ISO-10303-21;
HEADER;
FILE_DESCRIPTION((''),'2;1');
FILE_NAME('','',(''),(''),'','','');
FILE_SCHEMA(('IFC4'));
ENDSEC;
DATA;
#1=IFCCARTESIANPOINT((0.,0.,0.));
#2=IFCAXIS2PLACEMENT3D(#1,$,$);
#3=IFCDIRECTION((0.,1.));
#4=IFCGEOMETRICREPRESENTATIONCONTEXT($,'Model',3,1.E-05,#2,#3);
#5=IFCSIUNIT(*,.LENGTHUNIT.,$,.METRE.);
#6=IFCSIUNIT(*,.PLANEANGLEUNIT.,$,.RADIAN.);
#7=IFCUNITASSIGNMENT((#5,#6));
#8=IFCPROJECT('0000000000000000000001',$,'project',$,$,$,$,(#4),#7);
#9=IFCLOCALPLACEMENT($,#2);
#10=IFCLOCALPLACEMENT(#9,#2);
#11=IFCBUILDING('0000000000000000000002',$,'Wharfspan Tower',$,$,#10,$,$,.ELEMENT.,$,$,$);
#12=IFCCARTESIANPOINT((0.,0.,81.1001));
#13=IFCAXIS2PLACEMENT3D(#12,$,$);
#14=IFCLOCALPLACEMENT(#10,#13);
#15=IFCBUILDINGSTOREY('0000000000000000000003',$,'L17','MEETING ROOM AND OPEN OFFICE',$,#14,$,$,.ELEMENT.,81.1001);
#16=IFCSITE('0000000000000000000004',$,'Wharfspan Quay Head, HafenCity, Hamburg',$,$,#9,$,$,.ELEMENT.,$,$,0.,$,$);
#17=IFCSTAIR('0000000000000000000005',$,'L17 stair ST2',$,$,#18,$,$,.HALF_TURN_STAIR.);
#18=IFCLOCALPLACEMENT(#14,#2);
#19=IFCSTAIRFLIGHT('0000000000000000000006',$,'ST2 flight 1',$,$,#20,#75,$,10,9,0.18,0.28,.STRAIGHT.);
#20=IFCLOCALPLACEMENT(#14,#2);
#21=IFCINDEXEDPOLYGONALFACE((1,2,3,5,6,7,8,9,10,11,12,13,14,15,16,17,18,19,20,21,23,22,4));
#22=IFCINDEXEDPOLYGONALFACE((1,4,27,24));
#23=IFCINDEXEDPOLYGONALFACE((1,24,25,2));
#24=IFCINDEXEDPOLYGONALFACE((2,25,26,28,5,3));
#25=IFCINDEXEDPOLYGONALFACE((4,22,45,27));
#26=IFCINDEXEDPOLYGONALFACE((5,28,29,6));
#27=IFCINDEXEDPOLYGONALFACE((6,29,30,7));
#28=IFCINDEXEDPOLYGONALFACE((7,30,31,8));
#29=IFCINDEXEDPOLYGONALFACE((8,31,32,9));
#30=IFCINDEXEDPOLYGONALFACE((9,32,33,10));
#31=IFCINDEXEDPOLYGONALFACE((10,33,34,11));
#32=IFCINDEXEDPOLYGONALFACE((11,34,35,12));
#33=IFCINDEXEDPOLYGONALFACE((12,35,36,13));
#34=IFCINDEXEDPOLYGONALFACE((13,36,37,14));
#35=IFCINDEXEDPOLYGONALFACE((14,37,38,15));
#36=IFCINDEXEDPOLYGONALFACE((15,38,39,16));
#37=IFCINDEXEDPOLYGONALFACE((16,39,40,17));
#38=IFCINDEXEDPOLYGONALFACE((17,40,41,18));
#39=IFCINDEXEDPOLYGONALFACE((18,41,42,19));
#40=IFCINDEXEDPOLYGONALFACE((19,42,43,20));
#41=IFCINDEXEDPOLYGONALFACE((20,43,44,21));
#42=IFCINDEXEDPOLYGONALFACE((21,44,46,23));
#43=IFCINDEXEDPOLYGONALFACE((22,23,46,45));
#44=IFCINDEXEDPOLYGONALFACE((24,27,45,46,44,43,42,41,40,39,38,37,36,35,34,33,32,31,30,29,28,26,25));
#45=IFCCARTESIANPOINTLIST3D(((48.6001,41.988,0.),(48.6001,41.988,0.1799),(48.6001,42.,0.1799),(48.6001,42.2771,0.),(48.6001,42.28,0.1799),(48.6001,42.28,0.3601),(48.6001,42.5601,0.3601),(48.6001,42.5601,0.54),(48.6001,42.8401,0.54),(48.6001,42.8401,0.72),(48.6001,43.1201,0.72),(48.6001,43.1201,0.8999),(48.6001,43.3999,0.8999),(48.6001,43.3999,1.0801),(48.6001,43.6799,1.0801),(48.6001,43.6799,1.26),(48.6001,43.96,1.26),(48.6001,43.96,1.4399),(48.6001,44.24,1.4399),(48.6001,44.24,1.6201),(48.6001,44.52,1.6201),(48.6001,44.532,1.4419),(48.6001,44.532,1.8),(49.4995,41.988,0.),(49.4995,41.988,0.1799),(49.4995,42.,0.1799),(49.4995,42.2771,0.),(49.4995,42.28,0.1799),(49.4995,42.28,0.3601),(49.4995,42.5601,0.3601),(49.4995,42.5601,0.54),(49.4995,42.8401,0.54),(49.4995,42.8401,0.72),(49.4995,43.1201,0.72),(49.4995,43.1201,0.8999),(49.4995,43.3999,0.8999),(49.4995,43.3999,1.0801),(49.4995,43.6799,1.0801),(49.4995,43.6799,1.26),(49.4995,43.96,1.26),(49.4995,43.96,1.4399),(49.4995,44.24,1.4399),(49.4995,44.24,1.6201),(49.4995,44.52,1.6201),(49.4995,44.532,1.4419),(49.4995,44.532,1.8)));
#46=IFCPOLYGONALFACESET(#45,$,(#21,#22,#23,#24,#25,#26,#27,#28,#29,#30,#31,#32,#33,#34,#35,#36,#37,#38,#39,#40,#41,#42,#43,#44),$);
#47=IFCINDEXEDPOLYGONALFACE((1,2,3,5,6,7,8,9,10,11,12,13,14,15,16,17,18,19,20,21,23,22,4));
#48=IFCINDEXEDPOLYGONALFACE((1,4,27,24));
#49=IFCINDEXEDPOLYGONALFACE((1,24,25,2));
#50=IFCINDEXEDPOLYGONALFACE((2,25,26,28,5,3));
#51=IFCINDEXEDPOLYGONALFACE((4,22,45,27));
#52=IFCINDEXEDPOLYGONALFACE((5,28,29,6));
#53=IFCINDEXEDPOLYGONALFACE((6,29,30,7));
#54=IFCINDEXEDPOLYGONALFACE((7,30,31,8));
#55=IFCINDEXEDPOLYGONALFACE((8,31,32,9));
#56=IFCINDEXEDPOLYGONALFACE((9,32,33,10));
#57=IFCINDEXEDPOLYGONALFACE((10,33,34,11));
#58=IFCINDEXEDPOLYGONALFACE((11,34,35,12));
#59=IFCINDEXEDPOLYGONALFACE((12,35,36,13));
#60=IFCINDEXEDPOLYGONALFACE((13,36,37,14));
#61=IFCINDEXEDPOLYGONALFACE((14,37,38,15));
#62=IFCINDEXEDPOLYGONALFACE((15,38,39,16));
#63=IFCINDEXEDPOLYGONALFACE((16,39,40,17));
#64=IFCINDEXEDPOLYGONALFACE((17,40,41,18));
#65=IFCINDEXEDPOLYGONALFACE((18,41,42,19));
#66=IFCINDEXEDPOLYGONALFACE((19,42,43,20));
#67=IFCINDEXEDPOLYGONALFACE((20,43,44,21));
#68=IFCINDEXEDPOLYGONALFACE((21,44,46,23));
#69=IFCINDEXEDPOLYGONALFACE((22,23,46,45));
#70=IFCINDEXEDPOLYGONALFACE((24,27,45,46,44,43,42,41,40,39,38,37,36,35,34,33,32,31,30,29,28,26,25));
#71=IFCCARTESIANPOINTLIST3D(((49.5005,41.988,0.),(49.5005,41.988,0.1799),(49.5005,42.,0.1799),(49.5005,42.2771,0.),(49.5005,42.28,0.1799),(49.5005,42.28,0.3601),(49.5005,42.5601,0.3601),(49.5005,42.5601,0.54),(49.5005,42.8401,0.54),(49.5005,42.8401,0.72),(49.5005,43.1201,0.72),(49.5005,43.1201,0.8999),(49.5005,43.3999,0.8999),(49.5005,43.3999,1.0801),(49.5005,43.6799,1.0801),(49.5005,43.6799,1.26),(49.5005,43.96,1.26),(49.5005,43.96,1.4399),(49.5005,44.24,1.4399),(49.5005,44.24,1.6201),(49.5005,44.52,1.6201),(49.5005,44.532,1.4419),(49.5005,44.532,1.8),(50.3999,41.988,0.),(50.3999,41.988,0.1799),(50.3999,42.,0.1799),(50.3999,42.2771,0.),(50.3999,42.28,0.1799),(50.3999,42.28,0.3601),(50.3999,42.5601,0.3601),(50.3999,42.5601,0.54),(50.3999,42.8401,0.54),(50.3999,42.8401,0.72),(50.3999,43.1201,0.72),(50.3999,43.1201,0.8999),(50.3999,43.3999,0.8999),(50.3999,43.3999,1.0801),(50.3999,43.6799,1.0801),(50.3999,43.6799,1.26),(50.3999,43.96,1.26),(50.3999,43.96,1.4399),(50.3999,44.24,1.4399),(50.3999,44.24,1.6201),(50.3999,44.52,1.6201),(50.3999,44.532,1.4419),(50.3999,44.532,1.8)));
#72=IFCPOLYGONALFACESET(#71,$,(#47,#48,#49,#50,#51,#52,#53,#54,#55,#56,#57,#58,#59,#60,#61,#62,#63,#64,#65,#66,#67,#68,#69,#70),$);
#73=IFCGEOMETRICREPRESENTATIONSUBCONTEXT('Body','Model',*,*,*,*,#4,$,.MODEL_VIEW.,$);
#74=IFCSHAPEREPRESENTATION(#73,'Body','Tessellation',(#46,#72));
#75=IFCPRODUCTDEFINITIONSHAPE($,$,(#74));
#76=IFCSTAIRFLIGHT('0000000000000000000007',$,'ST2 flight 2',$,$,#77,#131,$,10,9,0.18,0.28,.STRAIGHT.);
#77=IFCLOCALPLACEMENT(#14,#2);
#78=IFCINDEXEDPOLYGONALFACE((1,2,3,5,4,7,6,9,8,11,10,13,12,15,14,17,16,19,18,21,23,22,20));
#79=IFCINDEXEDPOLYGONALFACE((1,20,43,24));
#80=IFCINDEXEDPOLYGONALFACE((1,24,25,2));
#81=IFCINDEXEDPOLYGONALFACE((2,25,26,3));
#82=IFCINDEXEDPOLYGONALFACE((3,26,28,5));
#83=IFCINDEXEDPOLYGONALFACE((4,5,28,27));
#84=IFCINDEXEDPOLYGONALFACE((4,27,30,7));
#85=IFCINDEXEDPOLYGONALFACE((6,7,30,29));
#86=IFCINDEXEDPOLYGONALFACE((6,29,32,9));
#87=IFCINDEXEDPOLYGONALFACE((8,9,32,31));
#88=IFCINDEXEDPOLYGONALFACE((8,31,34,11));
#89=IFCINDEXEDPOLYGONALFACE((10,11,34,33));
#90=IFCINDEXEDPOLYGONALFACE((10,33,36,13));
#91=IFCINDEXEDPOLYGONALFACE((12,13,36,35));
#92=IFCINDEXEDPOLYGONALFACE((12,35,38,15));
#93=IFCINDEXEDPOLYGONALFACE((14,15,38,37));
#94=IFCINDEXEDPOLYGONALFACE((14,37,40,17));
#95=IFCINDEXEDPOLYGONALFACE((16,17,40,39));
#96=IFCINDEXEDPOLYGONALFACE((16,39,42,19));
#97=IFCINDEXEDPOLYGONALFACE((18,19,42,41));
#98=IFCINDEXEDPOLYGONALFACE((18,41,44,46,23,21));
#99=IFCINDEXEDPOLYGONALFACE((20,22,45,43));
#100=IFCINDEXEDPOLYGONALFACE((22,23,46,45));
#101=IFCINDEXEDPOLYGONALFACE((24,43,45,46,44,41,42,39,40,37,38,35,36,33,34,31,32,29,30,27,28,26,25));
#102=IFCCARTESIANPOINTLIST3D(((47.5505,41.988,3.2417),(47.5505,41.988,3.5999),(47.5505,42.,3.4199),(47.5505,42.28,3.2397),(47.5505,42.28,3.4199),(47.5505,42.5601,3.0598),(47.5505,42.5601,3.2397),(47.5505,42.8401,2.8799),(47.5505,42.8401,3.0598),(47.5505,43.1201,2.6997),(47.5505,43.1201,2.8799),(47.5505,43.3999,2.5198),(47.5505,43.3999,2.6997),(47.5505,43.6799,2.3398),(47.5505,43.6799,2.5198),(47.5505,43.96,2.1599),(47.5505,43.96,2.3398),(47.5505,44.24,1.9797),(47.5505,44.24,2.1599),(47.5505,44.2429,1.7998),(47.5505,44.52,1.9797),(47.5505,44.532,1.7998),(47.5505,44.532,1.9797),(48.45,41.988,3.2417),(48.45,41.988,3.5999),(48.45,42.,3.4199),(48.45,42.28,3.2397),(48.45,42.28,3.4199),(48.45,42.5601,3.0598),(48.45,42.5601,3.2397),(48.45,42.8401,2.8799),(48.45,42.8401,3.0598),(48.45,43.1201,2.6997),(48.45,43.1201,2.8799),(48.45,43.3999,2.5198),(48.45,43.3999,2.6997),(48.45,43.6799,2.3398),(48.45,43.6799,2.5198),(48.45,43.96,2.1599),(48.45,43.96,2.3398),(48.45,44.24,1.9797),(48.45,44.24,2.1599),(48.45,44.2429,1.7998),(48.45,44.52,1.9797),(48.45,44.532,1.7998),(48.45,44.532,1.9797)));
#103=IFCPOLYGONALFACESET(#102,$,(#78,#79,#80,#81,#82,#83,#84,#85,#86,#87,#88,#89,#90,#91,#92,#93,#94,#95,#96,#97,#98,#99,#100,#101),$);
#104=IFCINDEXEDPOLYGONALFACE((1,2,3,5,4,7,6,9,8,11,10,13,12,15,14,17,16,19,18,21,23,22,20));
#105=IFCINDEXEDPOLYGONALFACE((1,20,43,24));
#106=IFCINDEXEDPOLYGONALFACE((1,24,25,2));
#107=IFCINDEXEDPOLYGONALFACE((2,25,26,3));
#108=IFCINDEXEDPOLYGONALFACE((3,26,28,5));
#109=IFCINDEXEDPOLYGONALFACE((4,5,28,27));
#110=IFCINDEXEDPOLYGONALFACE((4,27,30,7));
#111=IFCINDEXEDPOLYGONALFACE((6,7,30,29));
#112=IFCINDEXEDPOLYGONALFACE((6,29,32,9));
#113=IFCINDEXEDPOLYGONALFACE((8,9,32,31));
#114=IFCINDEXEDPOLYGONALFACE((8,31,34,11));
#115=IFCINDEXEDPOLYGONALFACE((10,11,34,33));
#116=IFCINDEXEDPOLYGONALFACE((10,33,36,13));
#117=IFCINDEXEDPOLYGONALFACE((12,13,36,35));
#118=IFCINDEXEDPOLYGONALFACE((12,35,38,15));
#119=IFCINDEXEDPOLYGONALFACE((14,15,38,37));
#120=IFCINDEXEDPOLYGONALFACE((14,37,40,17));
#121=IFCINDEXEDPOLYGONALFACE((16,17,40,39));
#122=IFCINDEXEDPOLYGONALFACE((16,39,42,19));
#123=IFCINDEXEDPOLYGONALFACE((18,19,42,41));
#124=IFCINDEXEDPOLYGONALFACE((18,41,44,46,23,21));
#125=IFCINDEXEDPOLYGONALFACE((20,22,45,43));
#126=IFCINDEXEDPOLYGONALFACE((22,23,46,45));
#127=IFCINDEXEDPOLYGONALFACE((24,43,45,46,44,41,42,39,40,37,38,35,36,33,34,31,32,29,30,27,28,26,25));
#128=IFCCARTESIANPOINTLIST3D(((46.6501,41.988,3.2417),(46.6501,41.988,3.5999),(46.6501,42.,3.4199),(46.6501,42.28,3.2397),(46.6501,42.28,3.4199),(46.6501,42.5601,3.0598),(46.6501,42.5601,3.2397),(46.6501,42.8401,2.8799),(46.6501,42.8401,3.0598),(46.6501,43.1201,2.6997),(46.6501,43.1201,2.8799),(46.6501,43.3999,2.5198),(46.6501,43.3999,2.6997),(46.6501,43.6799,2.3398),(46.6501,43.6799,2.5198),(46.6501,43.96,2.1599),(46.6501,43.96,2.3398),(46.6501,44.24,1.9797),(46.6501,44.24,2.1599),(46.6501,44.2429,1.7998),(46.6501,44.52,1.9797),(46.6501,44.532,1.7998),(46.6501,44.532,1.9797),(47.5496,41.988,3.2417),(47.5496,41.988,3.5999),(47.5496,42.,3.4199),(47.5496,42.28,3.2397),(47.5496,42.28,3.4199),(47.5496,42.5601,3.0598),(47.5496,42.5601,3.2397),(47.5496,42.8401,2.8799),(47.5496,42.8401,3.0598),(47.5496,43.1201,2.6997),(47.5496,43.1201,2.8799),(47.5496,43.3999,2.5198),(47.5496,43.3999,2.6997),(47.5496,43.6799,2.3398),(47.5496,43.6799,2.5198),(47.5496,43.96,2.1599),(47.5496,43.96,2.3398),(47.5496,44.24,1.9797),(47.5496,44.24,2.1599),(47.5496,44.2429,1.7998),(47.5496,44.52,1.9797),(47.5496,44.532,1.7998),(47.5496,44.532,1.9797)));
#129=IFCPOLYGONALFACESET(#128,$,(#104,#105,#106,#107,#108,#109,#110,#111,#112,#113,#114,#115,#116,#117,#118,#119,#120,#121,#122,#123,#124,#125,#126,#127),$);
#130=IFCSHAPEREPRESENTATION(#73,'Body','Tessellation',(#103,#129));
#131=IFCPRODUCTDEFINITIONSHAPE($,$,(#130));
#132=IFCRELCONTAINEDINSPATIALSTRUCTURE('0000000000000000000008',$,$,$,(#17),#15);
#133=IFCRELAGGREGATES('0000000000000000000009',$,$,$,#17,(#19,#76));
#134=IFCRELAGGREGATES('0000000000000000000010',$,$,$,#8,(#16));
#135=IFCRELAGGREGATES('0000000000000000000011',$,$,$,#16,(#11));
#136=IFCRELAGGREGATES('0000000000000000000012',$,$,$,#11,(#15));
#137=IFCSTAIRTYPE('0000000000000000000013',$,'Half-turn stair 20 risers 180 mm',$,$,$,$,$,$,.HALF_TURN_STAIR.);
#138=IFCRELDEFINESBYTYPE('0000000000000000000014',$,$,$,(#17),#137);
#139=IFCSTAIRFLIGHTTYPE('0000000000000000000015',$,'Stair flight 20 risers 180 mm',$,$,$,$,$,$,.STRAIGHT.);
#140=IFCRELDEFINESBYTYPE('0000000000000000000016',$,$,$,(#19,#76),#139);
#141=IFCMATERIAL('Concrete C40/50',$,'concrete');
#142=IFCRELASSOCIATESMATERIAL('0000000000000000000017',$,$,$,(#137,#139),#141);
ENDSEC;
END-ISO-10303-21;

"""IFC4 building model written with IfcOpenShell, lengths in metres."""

from ifc_helpers import new_model, si_unit, direction, frame, origin, place, context, subcontext, project, spatial, polyline, outline, extrude, material, type_object, element, aggregate, save


model = new_model("IFC4")

# Units and contexts
model_context = context("Model", 3, precision=1e-05, world=origin(), true_north=direction((0.0, 1.0)))
body_context = subcontext(model_context, "Body", "Model", "MODEL_VIEW")
ifc_project = project(units=[si_unit("LENGTHUNIT", "METRE"), si_unit("PLANEANGLEUNIT", "RADIAN")], contexts=[model_context])

# Site, building, storey
site_placement = place(None, origin())
site = spatial("IfcSite", under=ifc_project, at=site_placement, Name="Wharfspan Quay Head, HafenCity, Hamburg", CompositionType="ELEMENT", RefElevation=0.0)
building_placement = place(site_placement, origin())
building = spatial("IfcBuilding", under=site, at=building_placement, Name="Wharfspan Tower", CompositionType="ELEMENT")
storey_placement = place(building_placement, frame((0.0, 0.0, 81.1001)))
storey = spatial("IfcBuildingStorey", under=building, at=storey_placement, Name="L17", Description="MEETING ROOM AND OPEN OFFICE", CompositionType="ELEMENT", Elevation=81.1001)

# Shared definitions
ifc_material_1 = material(Name="Concrete C40/50", Category="concrete")

# Stair, stair flights
stair_type = type_object("IfcStairType", Name="Half-turn stair 20 risers 180 mm", PredefinedType="HALF_TURN_STAIR", material=ifc_material_1)
stair_placement = place(storey_placement, origin())
stair = element("IfcStair", 1, at=stair_placement, inside=storey, type_object=stair_type, Name="L17 stair ST2", PredefinedType="HALF_TURN_STAIR")
stair_flight_type = type_object("IfcStairFlightType", Name="Stair flight 20 risers 180 mm", PredefinedType="STRAIGHT", material=ifc_material_1)
stair_flight_1_placement = place(storey_placement, frame((49.5, 42.0, 0.0), z_axis=(0.0, 0.0, 1.0), x_axis=(0.0, 1.0, 0.0)))
stair_flight_1 = element("IfcStairFlight", 2, at=stair_flight_1_placement, type_object=stair_flight_type, Name="ST2 flight 1", NumberOfRisers=10, NumberOfTreads=9, PredefinedType="STRAIGHT", RiserHeight=0.18, TreadLength=0.28, context=body_context, shape_type="SweptSolid", body=[
    extrude(outline(polyline([(-0.012, 0.0), (-0.012, 0.1799), (0.0, 0.1799), (0.28, 0.1799), (0.28, 0.3601), (0.5601, 0.3601), (0.5601, 0.54), (0.8401, 0.54), (0.8401, 0.72), (1.1201, 0.72), (1.1201, 0.8999), (1.3999, 0.8999), (1.3999, 1.0801), (1.6799, 1.0801), (1.6799, 1.26), (1.96, 1.26), (1.96, 1.4399), (2.24, 1.4399), (2.24, 1.6201), (2.52, 1.6201), (2.532, 1.8), (2.532, 1.4419), (0.2771, 0.0), (-0.012, 0.0)])), frame((0.0, 0.8999, 0.0), z_axis=(0.0, -1.0, 0.0), x_axis=(1.0, 0.0, 0.0)), (0.0, 0.0, 1.0), 0.8994),
    extrude(outline(polyline([(-0.012, 0.0), (-0.012, 0.1799), (0.0, 0.1799), (0.28, 0.1799), (0.28, 0.3601), (0.5601, 0.3601), (0.5601, 0.54), (0.8401, 0.54), (0.8401, 0.72), (1.1201, 0.72), (1.1201, 0.8999), (1.3999, 0.8999), (1.3999, 1.0801), (1.6799, 1.0801), (1.6799, 1.26), (1.96, 1.26), (1.96, 1.4399), (2.24, 1.4399), (2.24, 1.6201), (2.52, 1.6201), (2.532, 1.8), (2.532, 1.4419), (0.2771, 0.0), (-0.012, 0.0)])), frame((0.0, -0.0005, 0.0), z_axis=(0.0, -1.0, 0.0), x_axis=(1.0, 0.0, 0.0)), (0.0, 0.0, 1.0), 0.8994),
])
stair_flight_2_placement = place(storey_placement, frame((47.55, 44.52, 1.7998), z_axis=(0.0, 0.0, 1.0), x_axis=(0.0, -1.0, 0.0)))
stair_flight_2 = element("IfcStairFlight", 3, at=stair_flight_2_placement, type_object=stair_flight_type, Name="ST2 flight 2", NumberOfRisers=10, NumberOfTreads=9, PredefinedType="STRAIGHT", RiserHeight=0.18, TreadLength=0.28, context=body_context, shape_type="SweptSolid", body=[
    extrude(outline(polyline([(-0.012, 0.0), (-0.012, 0.1799), (0.0, 0.1799), (0.28, 0.1799), (0.28, 0.3601), (0.5601, 0.3601), (0.5601, 0.54), (0.8401, 0.54), (0.8401, 0.72), (1.1201, 0.72), (1.1201, 0.8999), (1.3999, 0.8999), (1.3999, 1.0801), (1.6799, 1.0801), (1.6799, 1.26), (1.96, 1.26), (1.96, 1.4399), (2.24, 1.4399), (2.24, 1.6201), (2.52, 1.6201), (2.532, 1.8), (2.532, 1.4419), (0.2771, 0.0), (-0.012, 0.0)])), frame((0.0, 0.8999, 0.0), z_axis=(0.0, -1.0, 0.0), x_axis=(1.0, 0.0, 0.0)), (0.0, 0.0, 1.0), 0.8994),
    extrude(outline(polyline([(-0.012, 0.0), (-0.012, 0.1799), (0.0, 0.1799), (0.28, 0.1799), (0.28, 0.3601), (0.5601, 0.3601), (0.5601, 0.54), (0.8401, 0.54), (0.8401, 0.72), (1.1201, 0.72), (1.1201, 0.8999), (1.3999, 0.8999), (1.3999, 1.0801), (1.6799, 1.0801), (1.6799, 1.26), (1.96, 1.26), (1.96, 1.4399), (2.24, 1.4399), (2.24, 1.6201), (2.52, 1.6201), (2.532, 1.8), (2.532, 1.4419), (0.2771, 0.0), (-0.012, 0.0)])), frame((0.0, -0.0005, 0.0), z_axis=(0.0, -1.0, 0.0), x_axis=(1.0, 0.0, 0.0)), (0.0, 0.0, 1.0), 0.8994),
])
aggregate(stair, [stair_flight_1, stair_flight_2])

save(model, "model.ifc")
